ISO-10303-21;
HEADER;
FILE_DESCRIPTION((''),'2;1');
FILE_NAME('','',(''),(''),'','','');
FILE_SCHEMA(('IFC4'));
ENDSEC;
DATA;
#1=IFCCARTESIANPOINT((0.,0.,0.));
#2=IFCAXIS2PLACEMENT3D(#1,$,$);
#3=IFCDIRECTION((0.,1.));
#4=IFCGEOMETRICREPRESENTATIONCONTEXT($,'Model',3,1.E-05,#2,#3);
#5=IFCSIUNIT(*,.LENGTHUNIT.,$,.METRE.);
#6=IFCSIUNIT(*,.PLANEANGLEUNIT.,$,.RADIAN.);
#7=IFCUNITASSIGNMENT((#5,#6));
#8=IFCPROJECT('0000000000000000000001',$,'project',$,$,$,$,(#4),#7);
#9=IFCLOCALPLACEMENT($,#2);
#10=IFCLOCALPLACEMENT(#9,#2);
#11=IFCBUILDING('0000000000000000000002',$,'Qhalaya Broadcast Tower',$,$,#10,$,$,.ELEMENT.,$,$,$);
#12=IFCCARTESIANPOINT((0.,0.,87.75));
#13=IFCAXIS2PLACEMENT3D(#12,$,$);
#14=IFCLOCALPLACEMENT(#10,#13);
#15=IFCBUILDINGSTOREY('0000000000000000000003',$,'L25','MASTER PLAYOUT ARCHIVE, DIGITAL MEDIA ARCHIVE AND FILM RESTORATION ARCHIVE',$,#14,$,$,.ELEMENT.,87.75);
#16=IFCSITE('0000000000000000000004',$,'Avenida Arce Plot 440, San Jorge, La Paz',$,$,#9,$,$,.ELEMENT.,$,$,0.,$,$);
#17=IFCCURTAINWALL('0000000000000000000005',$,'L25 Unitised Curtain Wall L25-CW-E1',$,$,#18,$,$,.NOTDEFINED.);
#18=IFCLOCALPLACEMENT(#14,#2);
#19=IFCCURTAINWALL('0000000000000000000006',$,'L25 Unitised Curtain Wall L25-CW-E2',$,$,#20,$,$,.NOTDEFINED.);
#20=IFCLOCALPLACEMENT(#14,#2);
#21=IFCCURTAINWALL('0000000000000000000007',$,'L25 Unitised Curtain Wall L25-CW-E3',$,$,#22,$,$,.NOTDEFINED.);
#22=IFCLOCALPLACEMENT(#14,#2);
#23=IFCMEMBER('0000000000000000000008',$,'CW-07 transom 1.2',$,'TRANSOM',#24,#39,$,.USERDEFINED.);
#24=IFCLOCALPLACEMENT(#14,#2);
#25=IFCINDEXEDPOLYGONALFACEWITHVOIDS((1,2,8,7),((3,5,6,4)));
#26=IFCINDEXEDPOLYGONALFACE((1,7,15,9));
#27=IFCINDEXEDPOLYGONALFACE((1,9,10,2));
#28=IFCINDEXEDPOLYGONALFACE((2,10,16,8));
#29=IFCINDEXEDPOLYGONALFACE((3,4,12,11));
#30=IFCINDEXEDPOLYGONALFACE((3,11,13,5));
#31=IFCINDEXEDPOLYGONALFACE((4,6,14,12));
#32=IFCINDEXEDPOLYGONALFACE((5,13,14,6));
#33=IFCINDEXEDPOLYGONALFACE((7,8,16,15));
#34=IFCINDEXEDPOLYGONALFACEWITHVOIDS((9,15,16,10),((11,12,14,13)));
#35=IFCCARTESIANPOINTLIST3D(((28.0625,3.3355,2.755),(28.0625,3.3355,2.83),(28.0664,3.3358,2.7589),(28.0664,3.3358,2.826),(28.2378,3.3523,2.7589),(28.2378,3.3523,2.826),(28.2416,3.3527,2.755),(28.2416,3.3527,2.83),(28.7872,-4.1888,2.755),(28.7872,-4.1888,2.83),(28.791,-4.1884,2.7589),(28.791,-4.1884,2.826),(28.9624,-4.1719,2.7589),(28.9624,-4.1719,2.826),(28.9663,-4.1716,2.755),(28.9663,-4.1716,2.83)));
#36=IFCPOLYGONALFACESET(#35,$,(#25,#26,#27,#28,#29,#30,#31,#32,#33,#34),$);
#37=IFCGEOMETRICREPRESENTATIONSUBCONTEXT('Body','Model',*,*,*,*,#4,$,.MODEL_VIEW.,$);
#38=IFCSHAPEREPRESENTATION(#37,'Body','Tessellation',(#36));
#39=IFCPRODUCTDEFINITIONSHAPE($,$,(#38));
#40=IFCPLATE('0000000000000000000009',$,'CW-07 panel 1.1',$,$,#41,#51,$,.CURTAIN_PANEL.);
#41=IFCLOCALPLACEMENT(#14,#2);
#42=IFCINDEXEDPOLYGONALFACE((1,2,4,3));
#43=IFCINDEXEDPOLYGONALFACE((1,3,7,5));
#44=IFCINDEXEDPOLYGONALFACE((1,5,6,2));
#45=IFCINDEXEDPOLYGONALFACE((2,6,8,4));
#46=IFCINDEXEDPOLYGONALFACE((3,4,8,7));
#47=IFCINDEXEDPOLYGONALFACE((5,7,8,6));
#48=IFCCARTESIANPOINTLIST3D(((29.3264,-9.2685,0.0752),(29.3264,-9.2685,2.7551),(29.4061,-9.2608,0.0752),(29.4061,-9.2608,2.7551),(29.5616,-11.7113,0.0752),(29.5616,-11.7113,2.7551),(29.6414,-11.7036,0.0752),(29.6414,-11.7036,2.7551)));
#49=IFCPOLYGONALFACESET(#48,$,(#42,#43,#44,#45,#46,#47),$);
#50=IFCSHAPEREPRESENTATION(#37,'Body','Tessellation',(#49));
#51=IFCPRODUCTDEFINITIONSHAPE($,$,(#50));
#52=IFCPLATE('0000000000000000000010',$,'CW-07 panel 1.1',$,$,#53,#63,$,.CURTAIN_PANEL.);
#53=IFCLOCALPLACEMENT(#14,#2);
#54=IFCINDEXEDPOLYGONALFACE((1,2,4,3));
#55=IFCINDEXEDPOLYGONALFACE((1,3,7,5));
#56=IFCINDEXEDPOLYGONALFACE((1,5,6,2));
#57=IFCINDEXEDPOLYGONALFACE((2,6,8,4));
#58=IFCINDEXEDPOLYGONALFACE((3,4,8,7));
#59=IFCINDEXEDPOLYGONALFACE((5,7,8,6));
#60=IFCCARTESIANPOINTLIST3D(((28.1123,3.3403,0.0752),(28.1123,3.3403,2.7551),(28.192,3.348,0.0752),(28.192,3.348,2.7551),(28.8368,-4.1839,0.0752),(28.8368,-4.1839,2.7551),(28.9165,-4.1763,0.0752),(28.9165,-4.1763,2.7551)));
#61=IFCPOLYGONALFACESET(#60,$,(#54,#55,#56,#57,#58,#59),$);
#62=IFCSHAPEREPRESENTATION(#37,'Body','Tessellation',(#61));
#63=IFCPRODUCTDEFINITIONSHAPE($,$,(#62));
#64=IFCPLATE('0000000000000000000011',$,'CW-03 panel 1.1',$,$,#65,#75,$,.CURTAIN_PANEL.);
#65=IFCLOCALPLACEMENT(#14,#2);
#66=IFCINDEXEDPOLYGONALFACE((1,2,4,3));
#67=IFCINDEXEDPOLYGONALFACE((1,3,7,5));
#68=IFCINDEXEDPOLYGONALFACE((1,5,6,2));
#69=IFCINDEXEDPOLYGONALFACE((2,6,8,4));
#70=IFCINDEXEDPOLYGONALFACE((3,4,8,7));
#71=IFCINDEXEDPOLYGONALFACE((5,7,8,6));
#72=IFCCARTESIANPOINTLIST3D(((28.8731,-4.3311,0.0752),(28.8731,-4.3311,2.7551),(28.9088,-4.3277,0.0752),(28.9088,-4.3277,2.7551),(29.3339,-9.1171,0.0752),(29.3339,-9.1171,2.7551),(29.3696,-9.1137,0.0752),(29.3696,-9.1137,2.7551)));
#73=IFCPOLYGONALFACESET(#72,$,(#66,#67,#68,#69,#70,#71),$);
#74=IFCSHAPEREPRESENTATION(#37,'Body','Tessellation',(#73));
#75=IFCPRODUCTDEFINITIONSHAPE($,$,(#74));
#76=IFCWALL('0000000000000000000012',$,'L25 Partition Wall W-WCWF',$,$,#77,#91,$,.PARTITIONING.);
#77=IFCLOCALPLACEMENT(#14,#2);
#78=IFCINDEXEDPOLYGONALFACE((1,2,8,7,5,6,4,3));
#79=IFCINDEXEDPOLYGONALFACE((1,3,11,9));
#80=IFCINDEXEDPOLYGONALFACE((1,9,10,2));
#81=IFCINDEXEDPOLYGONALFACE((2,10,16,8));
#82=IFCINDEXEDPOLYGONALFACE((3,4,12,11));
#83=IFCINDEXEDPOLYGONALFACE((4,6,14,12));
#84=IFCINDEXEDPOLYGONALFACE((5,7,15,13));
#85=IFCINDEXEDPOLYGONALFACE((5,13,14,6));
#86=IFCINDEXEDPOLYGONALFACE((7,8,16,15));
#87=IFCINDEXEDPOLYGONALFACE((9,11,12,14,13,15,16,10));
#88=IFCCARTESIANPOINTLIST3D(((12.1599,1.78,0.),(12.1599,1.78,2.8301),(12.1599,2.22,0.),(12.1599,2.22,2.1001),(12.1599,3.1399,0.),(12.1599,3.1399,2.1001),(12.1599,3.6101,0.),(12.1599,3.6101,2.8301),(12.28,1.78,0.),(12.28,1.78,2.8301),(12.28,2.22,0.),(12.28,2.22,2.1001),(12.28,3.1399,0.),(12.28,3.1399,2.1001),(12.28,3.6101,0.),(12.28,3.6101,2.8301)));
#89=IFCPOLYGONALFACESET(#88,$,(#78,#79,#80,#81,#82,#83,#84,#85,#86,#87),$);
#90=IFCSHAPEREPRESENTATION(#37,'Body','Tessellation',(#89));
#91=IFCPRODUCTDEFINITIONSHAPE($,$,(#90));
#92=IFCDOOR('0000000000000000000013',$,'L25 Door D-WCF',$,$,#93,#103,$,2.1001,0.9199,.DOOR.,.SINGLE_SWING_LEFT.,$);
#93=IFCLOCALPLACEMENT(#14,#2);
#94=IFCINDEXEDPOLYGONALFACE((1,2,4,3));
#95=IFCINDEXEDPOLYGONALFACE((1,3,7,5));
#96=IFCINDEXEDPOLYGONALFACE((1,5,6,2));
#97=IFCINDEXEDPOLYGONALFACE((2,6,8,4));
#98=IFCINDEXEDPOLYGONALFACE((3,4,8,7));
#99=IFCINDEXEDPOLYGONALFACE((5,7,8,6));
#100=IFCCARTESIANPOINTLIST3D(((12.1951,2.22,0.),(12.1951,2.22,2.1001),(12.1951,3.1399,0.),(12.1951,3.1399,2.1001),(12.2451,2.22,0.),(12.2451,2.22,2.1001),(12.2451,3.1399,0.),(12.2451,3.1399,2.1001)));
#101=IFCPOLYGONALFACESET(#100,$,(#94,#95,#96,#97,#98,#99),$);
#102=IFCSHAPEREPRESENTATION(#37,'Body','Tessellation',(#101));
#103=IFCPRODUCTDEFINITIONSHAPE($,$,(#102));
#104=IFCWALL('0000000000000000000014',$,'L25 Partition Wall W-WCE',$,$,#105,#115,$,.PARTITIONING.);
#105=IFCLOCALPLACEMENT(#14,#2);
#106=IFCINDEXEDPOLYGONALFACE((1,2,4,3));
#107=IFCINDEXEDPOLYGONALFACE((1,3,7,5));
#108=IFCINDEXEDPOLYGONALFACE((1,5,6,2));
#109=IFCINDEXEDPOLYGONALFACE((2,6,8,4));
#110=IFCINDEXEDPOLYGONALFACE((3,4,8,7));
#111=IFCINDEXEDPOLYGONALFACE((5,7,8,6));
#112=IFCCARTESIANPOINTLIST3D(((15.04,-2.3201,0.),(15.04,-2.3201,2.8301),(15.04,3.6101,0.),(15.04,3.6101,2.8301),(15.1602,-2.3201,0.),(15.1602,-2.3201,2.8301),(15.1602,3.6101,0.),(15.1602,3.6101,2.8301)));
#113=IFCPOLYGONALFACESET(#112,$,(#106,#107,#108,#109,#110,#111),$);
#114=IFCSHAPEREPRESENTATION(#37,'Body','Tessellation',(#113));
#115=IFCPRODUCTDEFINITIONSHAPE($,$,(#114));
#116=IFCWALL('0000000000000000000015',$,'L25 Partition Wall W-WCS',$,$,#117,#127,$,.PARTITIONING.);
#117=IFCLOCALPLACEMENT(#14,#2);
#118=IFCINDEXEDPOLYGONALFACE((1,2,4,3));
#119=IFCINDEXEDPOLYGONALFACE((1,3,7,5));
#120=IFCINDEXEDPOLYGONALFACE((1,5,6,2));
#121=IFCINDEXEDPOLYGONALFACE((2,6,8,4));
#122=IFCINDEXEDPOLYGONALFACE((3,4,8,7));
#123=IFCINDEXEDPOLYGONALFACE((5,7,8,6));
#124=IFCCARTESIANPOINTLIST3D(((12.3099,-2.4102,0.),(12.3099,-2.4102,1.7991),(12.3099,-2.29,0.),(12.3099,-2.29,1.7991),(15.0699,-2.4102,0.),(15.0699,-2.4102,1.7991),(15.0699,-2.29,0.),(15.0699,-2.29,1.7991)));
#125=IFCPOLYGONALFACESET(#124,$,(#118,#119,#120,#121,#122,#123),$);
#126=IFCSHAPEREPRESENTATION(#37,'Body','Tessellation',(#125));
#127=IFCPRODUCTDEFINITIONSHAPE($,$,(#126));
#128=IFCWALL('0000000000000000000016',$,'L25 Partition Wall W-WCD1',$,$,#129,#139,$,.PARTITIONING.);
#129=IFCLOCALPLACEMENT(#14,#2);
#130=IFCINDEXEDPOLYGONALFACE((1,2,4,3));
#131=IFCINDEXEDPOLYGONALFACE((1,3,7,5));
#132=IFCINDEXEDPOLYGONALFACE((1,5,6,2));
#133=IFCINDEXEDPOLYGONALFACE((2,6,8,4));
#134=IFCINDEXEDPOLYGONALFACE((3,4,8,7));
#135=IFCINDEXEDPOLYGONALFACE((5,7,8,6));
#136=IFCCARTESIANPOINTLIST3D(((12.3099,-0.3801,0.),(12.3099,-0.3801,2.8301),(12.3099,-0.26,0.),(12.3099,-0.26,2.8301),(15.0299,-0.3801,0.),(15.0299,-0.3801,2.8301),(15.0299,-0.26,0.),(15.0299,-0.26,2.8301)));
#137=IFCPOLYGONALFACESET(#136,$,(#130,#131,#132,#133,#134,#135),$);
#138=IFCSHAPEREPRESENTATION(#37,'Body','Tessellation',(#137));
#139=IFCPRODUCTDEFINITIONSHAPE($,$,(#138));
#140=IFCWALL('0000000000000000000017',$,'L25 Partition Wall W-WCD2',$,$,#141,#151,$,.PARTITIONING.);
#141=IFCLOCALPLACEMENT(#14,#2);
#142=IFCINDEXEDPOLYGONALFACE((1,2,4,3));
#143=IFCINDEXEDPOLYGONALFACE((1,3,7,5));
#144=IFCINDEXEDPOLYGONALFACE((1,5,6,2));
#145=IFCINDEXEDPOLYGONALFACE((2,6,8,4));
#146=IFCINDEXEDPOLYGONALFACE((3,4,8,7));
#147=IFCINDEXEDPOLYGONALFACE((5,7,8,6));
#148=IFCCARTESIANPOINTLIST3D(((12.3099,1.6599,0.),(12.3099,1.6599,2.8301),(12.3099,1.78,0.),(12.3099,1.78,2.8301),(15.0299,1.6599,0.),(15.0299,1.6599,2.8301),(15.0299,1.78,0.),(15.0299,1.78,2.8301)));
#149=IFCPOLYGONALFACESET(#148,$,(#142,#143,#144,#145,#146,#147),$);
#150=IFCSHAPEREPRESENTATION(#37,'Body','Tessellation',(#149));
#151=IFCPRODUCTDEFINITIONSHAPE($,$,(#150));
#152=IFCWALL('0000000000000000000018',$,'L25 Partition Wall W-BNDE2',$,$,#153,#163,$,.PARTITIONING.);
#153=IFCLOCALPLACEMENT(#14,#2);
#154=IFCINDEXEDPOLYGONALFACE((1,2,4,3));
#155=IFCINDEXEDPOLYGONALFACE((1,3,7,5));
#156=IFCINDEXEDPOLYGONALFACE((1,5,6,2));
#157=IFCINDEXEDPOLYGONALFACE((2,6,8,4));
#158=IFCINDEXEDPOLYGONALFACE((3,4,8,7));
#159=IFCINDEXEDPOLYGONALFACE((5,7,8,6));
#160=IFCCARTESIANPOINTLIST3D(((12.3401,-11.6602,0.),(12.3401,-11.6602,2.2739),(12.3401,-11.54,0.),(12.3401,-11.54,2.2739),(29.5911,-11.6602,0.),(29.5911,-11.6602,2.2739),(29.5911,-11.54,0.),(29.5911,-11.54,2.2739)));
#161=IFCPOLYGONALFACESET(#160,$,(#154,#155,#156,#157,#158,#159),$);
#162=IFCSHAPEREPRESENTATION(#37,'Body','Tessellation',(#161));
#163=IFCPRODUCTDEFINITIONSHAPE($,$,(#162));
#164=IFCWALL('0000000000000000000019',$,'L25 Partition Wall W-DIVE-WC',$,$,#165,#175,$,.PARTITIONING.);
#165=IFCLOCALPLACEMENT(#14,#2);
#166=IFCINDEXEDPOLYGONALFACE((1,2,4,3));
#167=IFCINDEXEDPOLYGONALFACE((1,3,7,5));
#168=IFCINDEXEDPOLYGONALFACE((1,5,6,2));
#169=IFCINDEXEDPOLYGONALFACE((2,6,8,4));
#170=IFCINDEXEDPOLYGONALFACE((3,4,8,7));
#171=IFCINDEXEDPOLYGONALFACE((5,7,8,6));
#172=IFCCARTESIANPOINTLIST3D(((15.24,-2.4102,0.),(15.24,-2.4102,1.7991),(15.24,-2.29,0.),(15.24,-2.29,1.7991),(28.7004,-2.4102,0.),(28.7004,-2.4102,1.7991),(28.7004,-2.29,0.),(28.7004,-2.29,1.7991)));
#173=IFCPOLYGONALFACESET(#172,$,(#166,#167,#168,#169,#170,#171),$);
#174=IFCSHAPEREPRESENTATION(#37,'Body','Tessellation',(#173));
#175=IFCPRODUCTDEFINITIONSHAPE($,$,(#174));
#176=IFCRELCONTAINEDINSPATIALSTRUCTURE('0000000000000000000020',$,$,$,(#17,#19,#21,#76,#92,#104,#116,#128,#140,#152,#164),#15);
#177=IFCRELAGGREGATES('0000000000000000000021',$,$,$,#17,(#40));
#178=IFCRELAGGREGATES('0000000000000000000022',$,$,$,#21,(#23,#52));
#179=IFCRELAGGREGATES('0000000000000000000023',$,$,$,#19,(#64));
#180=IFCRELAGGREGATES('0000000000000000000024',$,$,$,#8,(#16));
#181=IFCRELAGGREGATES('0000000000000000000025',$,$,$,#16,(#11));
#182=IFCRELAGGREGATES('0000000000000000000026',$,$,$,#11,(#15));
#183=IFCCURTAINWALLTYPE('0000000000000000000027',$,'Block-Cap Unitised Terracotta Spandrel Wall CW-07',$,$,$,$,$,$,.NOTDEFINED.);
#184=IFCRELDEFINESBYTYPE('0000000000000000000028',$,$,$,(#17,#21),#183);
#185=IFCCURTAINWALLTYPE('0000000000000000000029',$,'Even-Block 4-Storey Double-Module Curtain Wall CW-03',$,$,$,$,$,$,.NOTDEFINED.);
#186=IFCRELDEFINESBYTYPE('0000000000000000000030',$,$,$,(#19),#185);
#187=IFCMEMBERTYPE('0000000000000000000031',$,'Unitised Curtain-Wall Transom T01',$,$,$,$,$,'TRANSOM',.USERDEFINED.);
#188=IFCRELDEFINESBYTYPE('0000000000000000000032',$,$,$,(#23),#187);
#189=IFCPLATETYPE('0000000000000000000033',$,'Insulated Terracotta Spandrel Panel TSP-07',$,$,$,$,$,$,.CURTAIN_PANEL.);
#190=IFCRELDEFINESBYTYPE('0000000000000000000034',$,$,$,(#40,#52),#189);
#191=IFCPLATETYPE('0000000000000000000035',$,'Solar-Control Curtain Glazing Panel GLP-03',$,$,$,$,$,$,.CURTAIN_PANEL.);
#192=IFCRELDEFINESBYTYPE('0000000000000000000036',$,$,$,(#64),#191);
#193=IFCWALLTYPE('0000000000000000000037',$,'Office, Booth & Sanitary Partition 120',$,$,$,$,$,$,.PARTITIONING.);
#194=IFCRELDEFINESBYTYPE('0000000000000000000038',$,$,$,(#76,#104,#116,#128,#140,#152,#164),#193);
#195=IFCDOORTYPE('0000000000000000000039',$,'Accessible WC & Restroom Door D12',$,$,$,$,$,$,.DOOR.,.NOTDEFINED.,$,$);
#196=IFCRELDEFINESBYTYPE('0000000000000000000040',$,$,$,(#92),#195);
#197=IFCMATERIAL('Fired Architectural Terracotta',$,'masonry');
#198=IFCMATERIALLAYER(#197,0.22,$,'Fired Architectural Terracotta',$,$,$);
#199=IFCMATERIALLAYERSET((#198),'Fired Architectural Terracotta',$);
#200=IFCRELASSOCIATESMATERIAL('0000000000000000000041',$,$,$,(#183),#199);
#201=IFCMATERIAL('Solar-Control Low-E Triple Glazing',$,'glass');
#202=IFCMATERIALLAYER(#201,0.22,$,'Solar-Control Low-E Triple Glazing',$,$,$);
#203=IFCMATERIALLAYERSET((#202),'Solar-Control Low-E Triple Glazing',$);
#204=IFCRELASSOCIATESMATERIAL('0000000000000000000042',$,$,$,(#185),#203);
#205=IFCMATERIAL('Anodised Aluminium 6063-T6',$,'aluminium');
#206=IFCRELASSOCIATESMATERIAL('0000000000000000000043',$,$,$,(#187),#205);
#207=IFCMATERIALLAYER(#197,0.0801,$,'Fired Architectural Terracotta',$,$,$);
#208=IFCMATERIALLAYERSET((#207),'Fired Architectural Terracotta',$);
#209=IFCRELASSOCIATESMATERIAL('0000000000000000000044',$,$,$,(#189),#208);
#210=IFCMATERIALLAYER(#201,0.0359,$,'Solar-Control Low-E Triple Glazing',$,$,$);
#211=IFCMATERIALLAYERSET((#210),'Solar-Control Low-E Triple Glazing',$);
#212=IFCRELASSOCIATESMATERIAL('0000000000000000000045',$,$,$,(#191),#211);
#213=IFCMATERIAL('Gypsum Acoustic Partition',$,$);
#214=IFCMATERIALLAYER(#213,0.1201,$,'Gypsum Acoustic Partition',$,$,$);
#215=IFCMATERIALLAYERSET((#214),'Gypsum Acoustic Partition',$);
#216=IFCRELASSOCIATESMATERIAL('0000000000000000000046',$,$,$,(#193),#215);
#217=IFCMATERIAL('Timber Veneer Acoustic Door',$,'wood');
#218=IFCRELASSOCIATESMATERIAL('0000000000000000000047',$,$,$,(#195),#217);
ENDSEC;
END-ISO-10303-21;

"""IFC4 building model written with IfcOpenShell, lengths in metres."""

from ifc_helpers import new_model, si_unit, direction, frame, frame_2d, origin, origin_2d, place, context, subcontext, project, spatial, rectangle, hollow_rectangle, extrude, material, layer, layer_set, material_profile, profile_set, type_object, element, fill, aggregate, save


model = new_model("IFC4")

# Units and contexts
model_context = context("Model", 3, precision=1e-05, world=origin(), true_north=direction((0.0, 1.0)))
body_context = subcontext(model_context, "Body", "Model", "MODEL_VIEW")
ifc_project = project(units=[si_unit("LENGTHUNIT", "METRE"), si_unit("PLANEANGLEUNIT", "RADIAN")], contexts=[model_context])

# Site, building, storey
site_placement = place(None, origin())
site = spatial("IfcSite", under=ifc_project, at=site_placement, Name="Avenida Arce Plot 440, San Jorge, La Paz", CompositionType="ELEMENT", RefElevation=0.0)
building_placement = place(site_placement, origin())
building = spatial("IfcBuilding", under=site, at=building_placement, Name="Qhalaya Broadcast Tower", CompositionType="ELEMENT")
storey_placement = place(building_placement, frame((0.0, 0.0, 87.75)))
storey = spatial("IfcBuildingStorey", under=building, at=storey_placement, Name="L25", Description="MASTER PLAYOUT ARCHIVE, DIGITAL MEDIA ARCHIVE AND FILM RESTORATION ARCHIVE", CompositionType="ELEMENT", Elevation=87.75)

# Curtain wall
ifc_material_1 = material(Name="Fired Architectural Terracotta", Category="masonry")
ifc_layer_1 = layer(ifc_material_1, 0.22, Name="Fired Architectural Terracotta")
ifc_layer_set_1 = layer_set([ifc_layer_1], Name="Fired Architectural Terracotta")
curtain_wall_type_1 = type_object("IfcCurtainWallType", Name="Block-Cap Unitised Terracotta Spandrel Wall CW-07", PredefinedType="NOTDEFINED", material=ifc_layer_set_1)
curtain_wall_1_placement = place(storey_placement, origin())
curtain_wall_1 = element("IfcCurtainWall", 1, at=curtain_wall_1_placement, inside=storey, type_object=curtain_wall_type_1, Name="L25 Unitised Curtain Wall L25-CW-E1", PredefinedType="NOTDEFINED")
ifc_material_2 = material(Name="Anodised Aluminium 6063-T6", Category="aluminium")

# Curtain walls
ifc_material_3 = material(Name="Solar-Control Low-E Triple Glazing", Category="glass")
ifc_layer_2 = layer(ifc_material_3, 0.22, Name="Solar-Control Low-E Triple Glazing")
ifc_layer_set_2 = layer_set([ifc_layer_2], Name="Solar-Control Low-E Triple Glazing")
curtain_wall_type_2 = type_object("IfcCurtainWallType", Name="Even-Block 4-Storey Double-Module Curtain Wall CW-03", PredefinedType="NOTDEFINED", material=ifc_layer_set_2)
curtain_wall_2_placement = place(storey_placement, origin())
curtain_wall_2 = element("IfcCurtainWall", 2, at=curtain_wall_2_placement, inside=storey, type_object=curtain_wall_type_2, Name="L25 Unitised Curtain Wall L25-CW-E2", PredefinedType="NOTDEFINED")
curtain_wall_3_placement = place(storey_placement, origin())
curtain_wall_3 = element("IfcCurtainWall", 3, at=curtain_wall_3_placement, inside=storey, type_object=curtain_wall_type_1, Name="L25 Unitised Curtain Wall L25-CW-E3", PredefinedType="NOTDEFINED")

# Member
ifc_material_profile_1 = material_profile(ifc_material_2, hollow_rectangle(XDim=0.075, YDim=0.1799, WallThickness=0.0039, at=origin_2d()), Name="ALU-TRN 75x180x4")
ifc_profile_set_1 = profile_set([ifc_material_profile_1], Name="Anodised Aluminium 6063-T6")
member_type_1 = type_object("IfcMemberType", Name="Unitised Curtain-Wall Transom T01", ElementType="TRANSOM", PredefinedType="USERDEFINED", material=ifc_profile_set_1)
member_1_placement = place(storey_placement, frame((28.8767, -4.1802, 2.7925), z_axis=(-0.095861, 0.995395, 0.0), x_axis=(0.0, 0.0, 1.0)))
member_1 = element("IfcMember", 4, at=member_1_placement, type_object=member_type_1, Name="CW-07 transom 1.2", ObjectType="TRANSOM", PredefinedType="USERDEFINED", context=body_context, shape_type="SweptSolid", body=[
    extrude(hollow_rectangle(XDim=0.075, YDim=0.1799, WallThickness=0.0039, at=origin_2d()), origin(), (0.0, 0.0, 1.0), 7.5591),
])

# Plates
ifc_layer_3 = layer(ifc_material_1, 0.0801, Name="Fired Architectural Terracotta")
ifc_layer_set_3 = layer_set([ifc_layer_3], Name="Fired Architectural Terracotta")
plate_type_1 = type_object("IfcPlateType", Name="Insulated Terracotta Spandrel Panel TSP-07", PredefinedType="CURTAIN_PANEL", material=ifc_layer_set_3)
plate_1_placement = place(storey_placement, frame((29.4839, -10.4861, 0.0752), z_axis=(0.0, 0.0, 1.0), x_axis=(-0.095853, 0.995396, 0.0)))
plate_1 = element("IfcPlate", 5, at=plate_1_placement, type_object=plate_type_1, Name="CW-07 panel 1.1", PredefinedType="CURTAIN_PANEL", context=body_context, shape_type="SweptSolid", body=[
    extrude(rectangle(XDim=2.4541, YDim=0.0801, at=origin_2d()), origin(), (0.0, 0.0, 1.0), 2.6799),
])
aggregate(curtain_wall_1, [plate_1])
plate_2_placement = place(storey_placement, frame((28.5144, -0.418, 0.0752), z_axis=(0.0, 0.0, 1.0), x_axis=(-0.095849, 0.995396, 0.0)))
plate_2 = element("IfcPlate", 6, at=plate_2_placement, type_object=plate_type_1, Name="CW-07 panel 1.1", PredefinedType="CURTAIN_PANEL", context=body_context, shape_type="SweptSolid", body=[
    extrude(rectangle(XDim=7.5591, YDim=0.0801, at=origin_2d()), origin(), (0.0, 0.0, 1.0), 2.6799),
])
aggregate(curtain_wall_3, [member_1, plate_2])
ifc_layer_4 = layer(ifc_material_3, 0.0359, Name="Solar-Control Low-E Triple Glazing")
ifc_layer_set_4 = layer_set([ifc_layer_4], Name="Solar-Control Low-E Triple Glazing")
plate_type_2 = type_object("IfcPlateType", Name="Solar-Control Curtain Glazing Panel GLP-03", PredefinedType="CURTAIN_PANEL", material=ifc_layer_set_4)
plate_3_placement = place(storey_placement, frame((29.1213, -6.7224, 0.0752), z_axis=(0.0, 0.0, 1.0), x_axis=(-0.095845, 0.995396, 0.0)))
plate_3 = element("IfcPlate", 7, at=plate_3_placement, type_object=plate_type_2, Name="CW-03 panel 1.1", PredefinedType="CURTAIN_PANEL", context=body_context, shape_type="SweptSolid", body=[
    extrude(rectangle(XDim=4.8081, YDim=0.0359, at=origin_2d()), origin(), (0.0, 0.0, 1.0), 2.6799),
])
aggregate(curtain_wall_2, [plate_3])

# Wall, opening, door
ifc_material_4 = material(Name="Gypsum Acoustic Partition")
ifc_layer_5 = layer(ifc_material_4, 0.1201, Name="Gypsum Acoustic Partition")
ifc_layer_set_5 = layer_set([ifc_layer_5], Name="Gypsum Acoustic Partition")
wall_type = type_object("IfcWallType", Name="Office, Booth & Sanitary Partition 120", PredefinedType="PARTITIONING", material=ifc_layer_set_5)
wall_1_placement = place(storey_placement, frame((12.22, 1.78, 0.0), z_axis=(0.0, 0.0, 1.0), x_axis=(0.0, 1.0, 0.0)))
wall_1 = element("IfcWall", 8, at=wall_1_placement, inside=storey, type_object=wall_type, Name="L25 Partition Wall W-WCWF", PredefinedType="PARTITIONING", context=body_context, shape_type="SweptSolid", body=[
    extrude(rectangle(XDim=1.8301, YDim=0.1201, at=frame_2d((0.915, 0.0))), origin(), (0.0, 0.0, 1.0), 2.8301),
])
opening_placement = place(wall_1_placement, frame((0.4399, 0.0, 0.0)))
opening = element("IfcOpeningElement", 9, at=opening_placement, cuts=wall_1, PredefinedType="OPENING", context=body_context, shape_type="SweptSolid", body=[
    extrude(rectangle(XDim=0.9199, YDim=2.1001, at=frame_2d((0.46, 1.05))), frame((0.0, 0.072, 0.0), z_axis=(0.0, -1.0, 0.0), x_axis=(1.0, 0.0, 0.0)), (0.0, 0.0, 1.0), 0.144),
])
ifc_material_5 = material(Name="Timber Veneer Acoustic Door", Category="wood")
door_type = type_object("IfcDoorType", Name="Accessible WC & Restroom Door D12", OperationType="NOTDEFINED", PredefinedType="DOOR", material=ifc_material_5)
door_placement = place(opening_placement, origin())
door = element("IfcDoor", 10, at=door_placement, inside=storey, type_object=door_type, Name="L25 Door D-WCF", OperationType="SINGLE_SWING_LEFT", OverallHeight=2.1001, OverallWidth=0.9199, PredefinedType="DOOR", context=body_context, shape_type="SweptSolid", body=[
    extrude(rectangle(XDim=0.9199, YDim=2.1001, at=frame_2d((0.46, 1.05))), frame((0.0, 0.0249, 0.0), z_axis=(0.0, -1.0, 0.0), x_axis=(1.0, 0.0, 0.0)), (0.0, 0.0, 1.0), 0.05),
])
fill(opening, door)

# Walls
wall_2_placement = place(storey_placement, frame((15.1001, -2.3201, 0.0), z_axis=(0.0, 0.0, 1.0), x_axis=(0.0, 1.0, 0.0)))
element("IfcWall", 11, at=wall_2_placement, inside=storey, type_object=wall_type, Name="L25 Partition Wall W-WCE", PredefinedType="PARTITIONING", context=body_context, shape_type="SweptSolid", body=[
    extrude(rectangle(XDim=5.9302, YDim=0.1201, at=frame_2d((2.9651, 0.0))), origin(), (0.0, 0.0, 1.0), 2.8301),
])
wall_3_placement = place(storey_placement, frame((12.3101, -2.3501, 0.0), z_axis=(0.0, 0.0, 1.0), x_axis=(1.0, 0.0, 0.0)))
element("IfcWall", 12, at=wall_3_placement, inside=storey, type_object=wall_type, Name="L25 Partition Wall W-WCS", PredefinedType="PARTITIONING", context=body_context, shape_type="SweptSolid", body=[
    extrude(rectangle(XDim=2.76, YDim=0.1201, at=frame_2d((1.3799, 0.0))), origin(), (0.0, 0.0, 1.0), 1.7991),
])
for number, where, z_axis, x_axis, name in (
    (13, (12.3101, -0.3201, 0.0), (0.0, 0.0, 1.0), (1.0, 0.0, 0.0), "L25 Partition Wall W-WCD1"),
    (14, (12.3101, 1.72, 0.0), (0.0, 0.0, 1.0), (1.0, 0.0, 0.0), "L25 Partition Wall W-WCD2"),
):
    element("IfcWall", number, at=place(storey_placement, frame(where, z_axis=z_axis, x_axis=x_axis)), inside=storey, type_object=wall_type, Name=name, PredefinedType="PARTITIONING", context=body_context, shape_type="SweptSolid", body=[
        extrude(rectangle(XDim=2.72, YDim=0.1201, at=frame_2d((1.3599, 0.0))), origin(), (0.0, 0.0, 1.0), 2.8301),
    ])
wall_4_placement = place(storey_placement, frame((12.3401, -11.6001, 0.0), z_axis=(0.0, 0.0, 1.0), x_axis=(1.0, 0.0, 0.0)))
element("IfcWall", 15, at=wall_4_placement, inside=storey, type_object=wall_type, Name="L25 Partition Wall W-BNDE2", PredefinedType="PARTITIONING", context=body_context, shape_type="SweptSolid", body=[
    extrude(rectangle(XDim=17.251, YDim=0.1201, at=frame_2d((8.6255, 0.0))), origin(), (0.0, 0.0, 1.0), 2.2739),
])
wall_5_placement = place(storey_placement, frame((15.24, -2.3501, 0.0), z_axis=(0.0, 0.0, 1.0), x_axis=(1.0, 0.0, 0.0)))
element("IfcWall", 16, at=wall_5_placement, inside=storey, type_object=wall_type, Name="L25 Partition Wall W-DIVE-WC", PredefinedType="PARTITIONING", context=body_context, shape_type="SweptSolid", body=[
    extrude(rectangle(XDim=13.4604, YDim=0.1201, at=frame_2d((6.7302, 0.0))), origin(), (0.0, 0.0, 1.0), 1.7991),
])

save(model, "model.ifc")
